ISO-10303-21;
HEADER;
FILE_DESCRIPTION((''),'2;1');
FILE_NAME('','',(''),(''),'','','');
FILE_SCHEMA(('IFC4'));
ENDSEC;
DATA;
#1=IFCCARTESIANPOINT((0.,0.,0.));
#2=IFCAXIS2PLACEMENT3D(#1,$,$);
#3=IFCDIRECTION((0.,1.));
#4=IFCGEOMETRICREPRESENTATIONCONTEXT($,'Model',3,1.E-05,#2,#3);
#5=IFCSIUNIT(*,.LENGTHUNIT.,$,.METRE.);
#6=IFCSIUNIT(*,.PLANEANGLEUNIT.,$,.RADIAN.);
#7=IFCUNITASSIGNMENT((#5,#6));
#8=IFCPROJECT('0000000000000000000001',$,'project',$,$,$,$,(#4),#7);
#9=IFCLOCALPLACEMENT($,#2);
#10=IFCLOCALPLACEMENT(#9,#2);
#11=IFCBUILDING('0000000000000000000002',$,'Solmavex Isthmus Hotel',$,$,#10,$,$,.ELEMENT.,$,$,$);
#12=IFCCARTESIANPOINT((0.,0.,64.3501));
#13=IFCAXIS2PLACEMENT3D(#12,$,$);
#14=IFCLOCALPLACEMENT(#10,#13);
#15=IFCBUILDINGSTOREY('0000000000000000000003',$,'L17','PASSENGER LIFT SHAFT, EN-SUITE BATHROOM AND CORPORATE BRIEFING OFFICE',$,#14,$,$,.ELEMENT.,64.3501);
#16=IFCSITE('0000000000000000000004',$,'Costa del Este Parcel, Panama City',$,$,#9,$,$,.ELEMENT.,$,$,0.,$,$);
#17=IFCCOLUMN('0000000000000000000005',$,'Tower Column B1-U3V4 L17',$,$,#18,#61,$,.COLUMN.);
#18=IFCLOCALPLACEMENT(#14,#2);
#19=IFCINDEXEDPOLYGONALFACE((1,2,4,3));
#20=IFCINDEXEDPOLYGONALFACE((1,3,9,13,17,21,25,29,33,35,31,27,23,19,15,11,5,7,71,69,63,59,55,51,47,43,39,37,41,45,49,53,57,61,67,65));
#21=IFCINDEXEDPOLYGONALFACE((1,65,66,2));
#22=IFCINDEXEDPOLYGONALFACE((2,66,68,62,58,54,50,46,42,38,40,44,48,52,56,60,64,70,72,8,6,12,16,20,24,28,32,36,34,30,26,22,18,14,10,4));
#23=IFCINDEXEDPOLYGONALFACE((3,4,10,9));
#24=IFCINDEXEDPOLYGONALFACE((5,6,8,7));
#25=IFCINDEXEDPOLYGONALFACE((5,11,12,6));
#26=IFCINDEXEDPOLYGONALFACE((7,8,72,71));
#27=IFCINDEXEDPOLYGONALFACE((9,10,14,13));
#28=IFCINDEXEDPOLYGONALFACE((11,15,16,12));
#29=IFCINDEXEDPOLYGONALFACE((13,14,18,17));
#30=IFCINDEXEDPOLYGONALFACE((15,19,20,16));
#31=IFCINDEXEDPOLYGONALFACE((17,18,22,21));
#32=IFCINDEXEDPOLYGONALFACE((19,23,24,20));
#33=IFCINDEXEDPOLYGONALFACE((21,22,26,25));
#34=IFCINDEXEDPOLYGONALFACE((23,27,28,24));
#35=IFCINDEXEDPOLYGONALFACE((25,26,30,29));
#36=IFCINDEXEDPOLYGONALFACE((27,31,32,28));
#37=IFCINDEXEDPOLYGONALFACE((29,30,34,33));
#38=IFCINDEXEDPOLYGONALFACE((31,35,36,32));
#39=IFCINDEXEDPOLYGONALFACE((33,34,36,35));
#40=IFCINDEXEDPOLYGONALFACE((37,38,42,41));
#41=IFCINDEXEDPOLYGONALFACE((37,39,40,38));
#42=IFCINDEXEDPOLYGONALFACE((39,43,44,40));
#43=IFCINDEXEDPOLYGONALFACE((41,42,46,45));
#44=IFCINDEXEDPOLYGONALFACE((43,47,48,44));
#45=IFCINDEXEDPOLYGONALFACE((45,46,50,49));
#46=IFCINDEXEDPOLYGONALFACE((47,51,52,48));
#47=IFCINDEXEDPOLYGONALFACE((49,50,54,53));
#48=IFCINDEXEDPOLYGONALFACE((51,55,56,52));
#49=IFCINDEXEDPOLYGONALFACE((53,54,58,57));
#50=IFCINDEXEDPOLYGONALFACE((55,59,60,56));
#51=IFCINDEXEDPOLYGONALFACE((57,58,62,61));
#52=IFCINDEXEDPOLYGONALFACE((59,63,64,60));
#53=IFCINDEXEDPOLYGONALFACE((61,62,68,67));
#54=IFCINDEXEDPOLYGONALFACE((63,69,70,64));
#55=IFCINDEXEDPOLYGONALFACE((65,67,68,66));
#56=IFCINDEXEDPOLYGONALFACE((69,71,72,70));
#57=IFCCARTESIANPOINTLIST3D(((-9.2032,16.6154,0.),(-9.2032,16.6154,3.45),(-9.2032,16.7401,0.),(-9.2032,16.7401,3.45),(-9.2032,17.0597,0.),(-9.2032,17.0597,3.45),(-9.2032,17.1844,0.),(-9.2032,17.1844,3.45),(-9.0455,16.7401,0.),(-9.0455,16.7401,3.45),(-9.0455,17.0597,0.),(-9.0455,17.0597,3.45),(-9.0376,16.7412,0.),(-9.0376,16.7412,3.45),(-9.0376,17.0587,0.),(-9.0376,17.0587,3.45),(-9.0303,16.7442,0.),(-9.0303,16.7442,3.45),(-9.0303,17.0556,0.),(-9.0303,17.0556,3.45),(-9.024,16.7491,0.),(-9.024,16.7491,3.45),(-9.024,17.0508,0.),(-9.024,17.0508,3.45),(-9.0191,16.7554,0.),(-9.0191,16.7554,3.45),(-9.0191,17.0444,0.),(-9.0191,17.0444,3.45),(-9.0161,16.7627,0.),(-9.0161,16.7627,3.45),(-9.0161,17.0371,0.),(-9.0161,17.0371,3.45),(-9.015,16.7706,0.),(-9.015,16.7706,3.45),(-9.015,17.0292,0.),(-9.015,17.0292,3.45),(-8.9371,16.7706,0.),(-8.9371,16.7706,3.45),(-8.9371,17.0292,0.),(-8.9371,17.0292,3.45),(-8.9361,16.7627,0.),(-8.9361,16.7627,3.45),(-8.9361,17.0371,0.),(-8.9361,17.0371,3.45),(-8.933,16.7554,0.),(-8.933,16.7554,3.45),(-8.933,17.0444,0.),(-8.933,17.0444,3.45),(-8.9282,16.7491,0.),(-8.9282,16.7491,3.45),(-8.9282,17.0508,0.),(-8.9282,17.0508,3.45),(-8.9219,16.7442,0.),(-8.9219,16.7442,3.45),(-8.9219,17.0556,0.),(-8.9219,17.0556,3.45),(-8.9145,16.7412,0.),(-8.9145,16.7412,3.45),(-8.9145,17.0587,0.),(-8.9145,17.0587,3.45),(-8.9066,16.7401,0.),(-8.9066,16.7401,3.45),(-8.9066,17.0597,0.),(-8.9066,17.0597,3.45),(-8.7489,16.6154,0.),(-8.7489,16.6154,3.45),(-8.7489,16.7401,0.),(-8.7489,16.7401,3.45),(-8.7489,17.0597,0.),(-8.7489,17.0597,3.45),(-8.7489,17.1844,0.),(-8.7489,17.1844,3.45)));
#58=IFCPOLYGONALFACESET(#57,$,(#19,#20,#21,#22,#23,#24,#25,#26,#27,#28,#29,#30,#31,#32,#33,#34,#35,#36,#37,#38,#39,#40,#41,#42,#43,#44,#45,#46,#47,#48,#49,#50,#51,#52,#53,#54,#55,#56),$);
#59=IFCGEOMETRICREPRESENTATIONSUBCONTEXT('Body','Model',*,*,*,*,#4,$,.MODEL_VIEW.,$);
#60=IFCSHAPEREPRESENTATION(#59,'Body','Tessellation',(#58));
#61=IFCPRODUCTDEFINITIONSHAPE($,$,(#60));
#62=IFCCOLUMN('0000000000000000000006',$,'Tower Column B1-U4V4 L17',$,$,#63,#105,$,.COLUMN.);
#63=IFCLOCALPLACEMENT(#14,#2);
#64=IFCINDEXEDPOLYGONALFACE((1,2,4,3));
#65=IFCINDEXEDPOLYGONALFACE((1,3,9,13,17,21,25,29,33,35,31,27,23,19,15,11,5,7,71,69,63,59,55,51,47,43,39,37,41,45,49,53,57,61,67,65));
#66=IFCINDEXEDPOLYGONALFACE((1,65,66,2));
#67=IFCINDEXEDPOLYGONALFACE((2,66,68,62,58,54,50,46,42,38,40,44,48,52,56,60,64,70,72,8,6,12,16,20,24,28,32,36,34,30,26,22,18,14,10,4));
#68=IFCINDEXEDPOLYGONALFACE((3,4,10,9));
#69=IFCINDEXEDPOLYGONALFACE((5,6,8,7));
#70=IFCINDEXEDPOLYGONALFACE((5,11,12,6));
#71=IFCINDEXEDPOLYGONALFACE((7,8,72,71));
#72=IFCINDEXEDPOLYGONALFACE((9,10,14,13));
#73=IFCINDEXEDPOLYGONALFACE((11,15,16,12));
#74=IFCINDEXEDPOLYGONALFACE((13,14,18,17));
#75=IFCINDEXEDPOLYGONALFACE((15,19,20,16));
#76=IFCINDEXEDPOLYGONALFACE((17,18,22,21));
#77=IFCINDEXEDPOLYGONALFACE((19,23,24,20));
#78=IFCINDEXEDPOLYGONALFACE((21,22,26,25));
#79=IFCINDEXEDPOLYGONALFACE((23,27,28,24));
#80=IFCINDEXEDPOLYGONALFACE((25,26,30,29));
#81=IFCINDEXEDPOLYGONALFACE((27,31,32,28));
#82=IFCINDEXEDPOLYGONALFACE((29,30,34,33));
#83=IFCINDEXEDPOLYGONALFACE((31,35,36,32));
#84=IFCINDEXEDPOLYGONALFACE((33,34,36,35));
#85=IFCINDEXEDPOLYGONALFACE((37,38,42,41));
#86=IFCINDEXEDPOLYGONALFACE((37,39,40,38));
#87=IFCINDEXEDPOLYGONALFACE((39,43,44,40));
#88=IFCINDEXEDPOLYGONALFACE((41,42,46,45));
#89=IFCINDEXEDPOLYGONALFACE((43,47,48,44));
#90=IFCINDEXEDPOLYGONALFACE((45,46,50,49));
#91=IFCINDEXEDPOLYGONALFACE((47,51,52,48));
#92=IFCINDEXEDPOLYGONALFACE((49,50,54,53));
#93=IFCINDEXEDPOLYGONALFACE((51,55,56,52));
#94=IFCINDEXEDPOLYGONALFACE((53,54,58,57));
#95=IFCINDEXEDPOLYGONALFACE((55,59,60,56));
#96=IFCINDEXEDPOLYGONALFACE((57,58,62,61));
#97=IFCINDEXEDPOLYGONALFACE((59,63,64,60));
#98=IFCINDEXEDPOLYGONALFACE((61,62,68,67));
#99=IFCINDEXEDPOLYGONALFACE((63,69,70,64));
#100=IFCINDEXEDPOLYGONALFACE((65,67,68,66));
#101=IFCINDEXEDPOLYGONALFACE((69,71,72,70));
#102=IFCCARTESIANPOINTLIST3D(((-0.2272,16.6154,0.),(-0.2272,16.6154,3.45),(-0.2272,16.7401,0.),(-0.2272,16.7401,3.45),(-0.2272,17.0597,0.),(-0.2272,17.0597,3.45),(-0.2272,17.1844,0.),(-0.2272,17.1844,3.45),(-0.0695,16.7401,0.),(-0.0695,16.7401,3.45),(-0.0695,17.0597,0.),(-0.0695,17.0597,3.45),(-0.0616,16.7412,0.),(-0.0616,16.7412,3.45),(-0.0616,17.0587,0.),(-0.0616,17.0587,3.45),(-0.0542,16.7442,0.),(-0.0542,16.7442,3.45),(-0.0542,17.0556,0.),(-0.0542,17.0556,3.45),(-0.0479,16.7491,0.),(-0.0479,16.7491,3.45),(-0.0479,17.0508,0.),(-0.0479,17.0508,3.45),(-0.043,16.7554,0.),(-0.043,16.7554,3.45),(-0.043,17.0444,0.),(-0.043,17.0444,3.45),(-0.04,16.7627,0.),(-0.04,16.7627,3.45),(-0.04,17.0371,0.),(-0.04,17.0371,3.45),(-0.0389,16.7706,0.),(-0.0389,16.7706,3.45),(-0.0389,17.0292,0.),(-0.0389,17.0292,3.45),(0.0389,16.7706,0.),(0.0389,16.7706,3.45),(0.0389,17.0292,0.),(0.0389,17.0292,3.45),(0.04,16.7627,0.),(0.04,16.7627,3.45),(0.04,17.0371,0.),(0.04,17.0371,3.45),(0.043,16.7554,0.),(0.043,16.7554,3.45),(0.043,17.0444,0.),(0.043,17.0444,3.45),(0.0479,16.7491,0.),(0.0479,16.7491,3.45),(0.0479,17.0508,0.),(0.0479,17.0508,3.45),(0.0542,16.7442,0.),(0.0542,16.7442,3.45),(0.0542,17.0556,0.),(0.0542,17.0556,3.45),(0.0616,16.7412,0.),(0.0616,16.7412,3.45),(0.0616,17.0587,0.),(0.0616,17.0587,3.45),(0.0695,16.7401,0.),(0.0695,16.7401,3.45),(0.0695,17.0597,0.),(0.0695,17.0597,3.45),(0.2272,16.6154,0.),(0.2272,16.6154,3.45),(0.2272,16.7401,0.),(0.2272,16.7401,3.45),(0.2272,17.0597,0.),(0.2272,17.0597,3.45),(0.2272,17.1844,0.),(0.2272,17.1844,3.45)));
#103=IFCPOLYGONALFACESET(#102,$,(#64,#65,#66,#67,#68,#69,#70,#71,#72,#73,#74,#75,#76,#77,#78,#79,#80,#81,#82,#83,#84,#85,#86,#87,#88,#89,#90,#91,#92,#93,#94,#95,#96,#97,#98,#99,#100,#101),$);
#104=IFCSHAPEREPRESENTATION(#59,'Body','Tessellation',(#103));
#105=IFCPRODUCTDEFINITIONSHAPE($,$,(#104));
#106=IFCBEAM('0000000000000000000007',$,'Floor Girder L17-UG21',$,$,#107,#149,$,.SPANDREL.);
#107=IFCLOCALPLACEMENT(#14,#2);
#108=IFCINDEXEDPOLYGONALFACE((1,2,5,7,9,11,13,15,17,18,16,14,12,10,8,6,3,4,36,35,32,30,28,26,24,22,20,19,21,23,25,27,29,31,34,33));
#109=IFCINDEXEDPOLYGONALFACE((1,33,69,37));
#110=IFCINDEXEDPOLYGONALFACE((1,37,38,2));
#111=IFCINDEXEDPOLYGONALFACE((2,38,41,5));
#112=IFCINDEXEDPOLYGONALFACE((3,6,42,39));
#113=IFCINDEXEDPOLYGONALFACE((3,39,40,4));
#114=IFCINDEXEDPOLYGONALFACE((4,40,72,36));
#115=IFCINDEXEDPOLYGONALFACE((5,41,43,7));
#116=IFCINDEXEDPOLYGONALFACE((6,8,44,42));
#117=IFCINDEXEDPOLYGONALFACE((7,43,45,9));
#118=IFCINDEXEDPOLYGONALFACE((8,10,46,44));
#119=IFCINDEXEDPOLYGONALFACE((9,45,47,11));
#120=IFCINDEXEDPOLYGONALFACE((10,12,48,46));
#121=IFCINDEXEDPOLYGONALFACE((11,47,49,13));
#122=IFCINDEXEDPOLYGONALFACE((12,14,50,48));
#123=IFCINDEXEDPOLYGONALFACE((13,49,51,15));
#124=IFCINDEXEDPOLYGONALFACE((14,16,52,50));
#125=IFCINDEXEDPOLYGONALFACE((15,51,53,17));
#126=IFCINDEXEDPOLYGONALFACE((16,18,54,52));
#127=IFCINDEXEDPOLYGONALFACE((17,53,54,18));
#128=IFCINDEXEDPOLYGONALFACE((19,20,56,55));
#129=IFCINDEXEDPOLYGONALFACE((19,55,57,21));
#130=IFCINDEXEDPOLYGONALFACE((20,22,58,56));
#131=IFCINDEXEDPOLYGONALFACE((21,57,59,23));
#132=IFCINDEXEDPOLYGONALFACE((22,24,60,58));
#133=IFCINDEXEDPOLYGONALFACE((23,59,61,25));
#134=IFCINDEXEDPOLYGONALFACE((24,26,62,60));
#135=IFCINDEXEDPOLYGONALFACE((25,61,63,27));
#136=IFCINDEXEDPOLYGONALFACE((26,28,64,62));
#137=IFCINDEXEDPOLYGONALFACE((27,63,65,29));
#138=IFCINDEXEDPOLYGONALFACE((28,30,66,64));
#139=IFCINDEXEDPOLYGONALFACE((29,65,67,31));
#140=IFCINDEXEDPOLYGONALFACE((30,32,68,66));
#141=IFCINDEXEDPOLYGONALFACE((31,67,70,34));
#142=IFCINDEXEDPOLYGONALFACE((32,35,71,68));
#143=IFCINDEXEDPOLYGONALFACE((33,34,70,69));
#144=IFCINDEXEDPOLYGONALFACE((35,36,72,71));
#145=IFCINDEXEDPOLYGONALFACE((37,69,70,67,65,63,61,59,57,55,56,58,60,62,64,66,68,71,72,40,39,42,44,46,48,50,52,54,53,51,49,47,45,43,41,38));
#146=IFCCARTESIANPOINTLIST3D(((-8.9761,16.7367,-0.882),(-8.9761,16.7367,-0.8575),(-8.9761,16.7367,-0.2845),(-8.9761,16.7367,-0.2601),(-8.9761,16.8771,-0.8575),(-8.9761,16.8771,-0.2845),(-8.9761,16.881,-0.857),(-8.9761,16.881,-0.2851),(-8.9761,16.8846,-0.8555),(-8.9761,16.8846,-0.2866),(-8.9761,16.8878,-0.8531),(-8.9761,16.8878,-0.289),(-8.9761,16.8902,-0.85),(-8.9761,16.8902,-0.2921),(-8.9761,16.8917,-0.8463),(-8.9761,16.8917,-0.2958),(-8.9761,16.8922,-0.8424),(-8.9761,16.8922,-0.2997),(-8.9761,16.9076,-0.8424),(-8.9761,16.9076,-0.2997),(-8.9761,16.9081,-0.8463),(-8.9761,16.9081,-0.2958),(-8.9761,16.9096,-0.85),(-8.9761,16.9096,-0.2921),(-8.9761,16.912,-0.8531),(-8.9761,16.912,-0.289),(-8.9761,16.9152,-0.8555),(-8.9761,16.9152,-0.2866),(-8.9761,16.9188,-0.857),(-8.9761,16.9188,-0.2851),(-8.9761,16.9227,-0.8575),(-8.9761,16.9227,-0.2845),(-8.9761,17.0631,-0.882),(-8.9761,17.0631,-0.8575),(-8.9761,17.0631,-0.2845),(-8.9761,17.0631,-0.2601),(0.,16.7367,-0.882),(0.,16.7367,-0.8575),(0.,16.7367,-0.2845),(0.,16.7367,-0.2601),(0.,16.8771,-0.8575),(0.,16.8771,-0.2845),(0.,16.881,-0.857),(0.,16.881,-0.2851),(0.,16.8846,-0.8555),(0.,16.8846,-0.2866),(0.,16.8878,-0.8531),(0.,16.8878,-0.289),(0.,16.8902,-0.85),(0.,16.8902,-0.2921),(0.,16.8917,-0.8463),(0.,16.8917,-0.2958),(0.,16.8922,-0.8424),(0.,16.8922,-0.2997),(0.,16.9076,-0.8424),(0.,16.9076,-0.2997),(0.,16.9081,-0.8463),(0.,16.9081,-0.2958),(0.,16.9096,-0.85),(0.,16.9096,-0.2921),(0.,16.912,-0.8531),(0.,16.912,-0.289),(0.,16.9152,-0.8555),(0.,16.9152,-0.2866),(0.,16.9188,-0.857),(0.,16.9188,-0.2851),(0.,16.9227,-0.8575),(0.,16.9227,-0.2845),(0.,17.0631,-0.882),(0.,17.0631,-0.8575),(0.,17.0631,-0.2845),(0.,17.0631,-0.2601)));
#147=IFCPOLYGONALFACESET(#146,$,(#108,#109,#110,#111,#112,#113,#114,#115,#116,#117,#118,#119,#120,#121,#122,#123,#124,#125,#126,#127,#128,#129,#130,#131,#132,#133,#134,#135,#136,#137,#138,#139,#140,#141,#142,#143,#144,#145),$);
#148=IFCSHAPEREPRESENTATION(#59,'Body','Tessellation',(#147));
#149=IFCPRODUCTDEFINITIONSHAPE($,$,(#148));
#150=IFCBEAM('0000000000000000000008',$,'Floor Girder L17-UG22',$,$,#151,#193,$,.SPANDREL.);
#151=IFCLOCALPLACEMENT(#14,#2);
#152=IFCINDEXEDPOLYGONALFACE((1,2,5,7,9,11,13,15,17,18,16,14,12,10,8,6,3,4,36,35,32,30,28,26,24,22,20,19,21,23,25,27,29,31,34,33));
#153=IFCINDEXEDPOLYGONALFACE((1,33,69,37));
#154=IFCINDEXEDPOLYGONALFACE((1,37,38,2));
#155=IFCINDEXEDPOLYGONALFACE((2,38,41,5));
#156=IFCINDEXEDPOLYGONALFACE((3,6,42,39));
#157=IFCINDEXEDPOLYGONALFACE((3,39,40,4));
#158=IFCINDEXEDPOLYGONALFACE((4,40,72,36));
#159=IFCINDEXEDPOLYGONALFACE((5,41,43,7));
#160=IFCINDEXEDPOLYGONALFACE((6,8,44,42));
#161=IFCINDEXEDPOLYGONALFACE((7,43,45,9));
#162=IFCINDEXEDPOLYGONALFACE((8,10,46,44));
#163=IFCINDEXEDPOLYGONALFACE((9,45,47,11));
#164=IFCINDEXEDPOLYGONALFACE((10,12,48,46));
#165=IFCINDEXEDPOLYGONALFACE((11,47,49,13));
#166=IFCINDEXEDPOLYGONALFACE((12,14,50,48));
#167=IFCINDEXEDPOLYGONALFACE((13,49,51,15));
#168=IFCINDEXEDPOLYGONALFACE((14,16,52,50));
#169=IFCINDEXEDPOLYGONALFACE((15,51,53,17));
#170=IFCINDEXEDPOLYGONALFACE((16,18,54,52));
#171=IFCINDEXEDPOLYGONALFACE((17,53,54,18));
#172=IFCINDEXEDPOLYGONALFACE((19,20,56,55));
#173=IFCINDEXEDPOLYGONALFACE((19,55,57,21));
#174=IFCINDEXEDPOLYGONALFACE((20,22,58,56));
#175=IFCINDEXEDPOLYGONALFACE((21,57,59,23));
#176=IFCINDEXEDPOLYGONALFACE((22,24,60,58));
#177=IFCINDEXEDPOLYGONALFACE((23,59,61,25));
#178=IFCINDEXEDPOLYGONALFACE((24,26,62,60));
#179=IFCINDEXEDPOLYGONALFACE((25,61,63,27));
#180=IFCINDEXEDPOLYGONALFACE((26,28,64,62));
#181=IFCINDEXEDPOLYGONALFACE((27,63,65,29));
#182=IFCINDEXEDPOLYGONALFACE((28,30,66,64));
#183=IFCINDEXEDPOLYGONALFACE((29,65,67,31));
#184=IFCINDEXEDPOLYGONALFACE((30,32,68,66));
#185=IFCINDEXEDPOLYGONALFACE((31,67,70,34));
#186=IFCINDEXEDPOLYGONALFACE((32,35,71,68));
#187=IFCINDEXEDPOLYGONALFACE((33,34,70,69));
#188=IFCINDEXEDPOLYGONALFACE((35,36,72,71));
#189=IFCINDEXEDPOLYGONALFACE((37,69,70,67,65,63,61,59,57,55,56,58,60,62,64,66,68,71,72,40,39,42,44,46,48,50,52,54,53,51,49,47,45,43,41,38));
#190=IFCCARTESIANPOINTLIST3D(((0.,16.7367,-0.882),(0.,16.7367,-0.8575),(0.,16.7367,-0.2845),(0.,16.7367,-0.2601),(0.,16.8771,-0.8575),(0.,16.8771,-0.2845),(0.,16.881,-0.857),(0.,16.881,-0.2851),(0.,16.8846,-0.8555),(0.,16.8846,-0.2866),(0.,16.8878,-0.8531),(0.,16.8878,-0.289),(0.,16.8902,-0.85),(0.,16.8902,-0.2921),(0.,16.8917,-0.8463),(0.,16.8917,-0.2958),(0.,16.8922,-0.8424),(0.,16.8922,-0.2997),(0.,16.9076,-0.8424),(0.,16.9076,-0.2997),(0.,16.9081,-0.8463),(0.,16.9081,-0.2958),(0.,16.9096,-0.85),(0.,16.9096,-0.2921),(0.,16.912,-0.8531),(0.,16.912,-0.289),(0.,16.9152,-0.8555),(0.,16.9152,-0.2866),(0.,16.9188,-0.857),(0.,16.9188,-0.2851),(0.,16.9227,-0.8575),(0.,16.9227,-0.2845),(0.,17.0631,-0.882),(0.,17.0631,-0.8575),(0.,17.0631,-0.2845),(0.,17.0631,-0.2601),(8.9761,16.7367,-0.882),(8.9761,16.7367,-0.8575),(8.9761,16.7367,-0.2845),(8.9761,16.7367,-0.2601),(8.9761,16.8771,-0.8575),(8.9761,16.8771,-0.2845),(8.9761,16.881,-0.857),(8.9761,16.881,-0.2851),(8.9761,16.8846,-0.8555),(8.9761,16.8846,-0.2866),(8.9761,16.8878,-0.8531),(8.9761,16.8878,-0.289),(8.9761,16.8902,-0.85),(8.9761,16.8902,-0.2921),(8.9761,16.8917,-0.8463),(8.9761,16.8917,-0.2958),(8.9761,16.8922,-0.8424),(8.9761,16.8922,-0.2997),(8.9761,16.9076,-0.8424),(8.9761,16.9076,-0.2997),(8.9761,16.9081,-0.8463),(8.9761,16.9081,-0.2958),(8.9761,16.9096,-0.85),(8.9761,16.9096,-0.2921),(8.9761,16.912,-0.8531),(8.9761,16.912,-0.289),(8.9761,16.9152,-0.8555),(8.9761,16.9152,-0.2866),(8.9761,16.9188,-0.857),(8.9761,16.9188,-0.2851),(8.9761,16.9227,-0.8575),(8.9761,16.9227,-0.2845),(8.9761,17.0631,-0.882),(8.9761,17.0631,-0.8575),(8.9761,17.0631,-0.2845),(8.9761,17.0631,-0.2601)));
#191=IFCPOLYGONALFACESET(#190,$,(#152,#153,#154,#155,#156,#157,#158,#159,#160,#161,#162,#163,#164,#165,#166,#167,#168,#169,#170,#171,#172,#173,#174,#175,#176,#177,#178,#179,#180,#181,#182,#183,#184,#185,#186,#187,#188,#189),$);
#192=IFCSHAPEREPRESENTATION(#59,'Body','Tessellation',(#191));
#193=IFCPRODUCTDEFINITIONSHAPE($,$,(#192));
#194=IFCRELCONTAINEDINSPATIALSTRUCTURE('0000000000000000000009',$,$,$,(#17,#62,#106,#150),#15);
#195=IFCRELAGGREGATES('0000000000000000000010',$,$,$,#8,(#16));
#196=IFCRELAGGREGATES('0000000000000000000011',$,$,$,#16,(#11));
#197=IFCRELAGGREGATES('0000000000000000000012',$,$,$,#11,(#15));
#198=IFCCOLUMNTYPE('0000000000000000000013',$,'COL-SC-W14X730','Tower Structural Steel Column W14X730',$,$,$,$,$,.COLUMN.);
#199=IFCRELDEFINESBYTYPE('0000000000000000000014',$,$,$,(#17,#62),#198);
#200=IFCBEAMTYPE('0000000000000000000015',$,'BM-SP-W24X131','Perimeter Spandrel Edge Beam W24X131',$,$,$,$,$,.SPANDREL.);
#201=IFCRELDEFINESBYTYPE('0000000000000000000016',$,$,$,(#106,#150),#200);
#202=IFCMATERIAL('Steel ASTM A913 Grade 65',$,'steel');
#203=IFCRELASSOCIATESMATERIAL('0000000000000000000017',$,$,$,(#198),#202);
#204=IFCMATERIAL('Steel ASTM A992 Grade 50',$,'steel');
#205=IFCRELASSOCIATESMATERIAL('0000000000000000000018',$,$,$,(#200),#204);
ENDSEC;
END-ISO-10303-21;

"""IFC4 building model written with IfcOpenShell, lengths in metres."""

from ifc_helpers import new_model, si_unit, direction, frame, origin, origin_2d, place, context, subcontext, project, spatial, i_section, extrude, material, material_profile, profile_set, type_object, element, save


model = new_model("IFC4")

# Units and contexts
model_context = context("Model", 3, precision=1e-05, world=origin(), true_north=direction((0.0, 1.0)))
body_context = subcontext(model_context, "Body", "Model", "MODEL_VIEW")
ifc_project = project(units=[si_unit("LENGTHUNIT", "METRE"), si_unit("PLANEANGLEUNIT", "RADIAN")], contexts=[model_context])

# Site, building, storey
site_placement = place(None, origin())
site = spatial("IfcSite", under=ifc_project, at=site_placement, Name="Costa del Este Parcel, Panama City", CompositionType="ELEMENT", RefElevation=0.0)
building_placement = place(site_placement, origin())
building = spatial("IfcBuilding", under=site, at=building_placement, Name="Solmavex Isthmus Hotel", CompositionType="ELEMENT")
storey_placement = place(building_placement, frame((0.0, 0.0, 64.3501)))
storey = spatial("IfcBuildingStorey", under=building, at=storey_placement, Name="L17", Description="PASSENGER LIFT SHAFT, EN-SUITE BATHROOM AND CORPORATE BRIEFING OFFICE", CompositionType="ELEMENT", Elevation=64.3501)

# Columns
ifc_material_1 = material(Name="Steel ASTM A913 Grade 65", Category="steel")
ifc_material_profile_1 = material_profile(ifc_material_1, i_section(OverallWidth=0.4543, OverallDepth=0.5691, WebThickness=0.0779, FlangeThickness=0.1248, FilletRadius=0.0305, at=origin_2d()), Name="W14X730")
ifc_profile_set_1 = profile_set([ifc_material_profile_1], Name="Steel ASTM A913 Grade 65")
column_type = type_object("IfcColumnType", Name="COL-SC-W14X730", Description="Tower Structural Steel Column W14X730", PredefinedType="COLUMN", material=ifc_profile_set_1)
for number, where, z_axis, x_axis, name in (
    (1, (-8.9761, 16.8999, 0.0), (0.0, 0.0, 1.0), (1.0, 0.0, 0.0), "Tower Column B1-U3V4 L17"),
    (2, (0.0, 16.8999, 0.0), (0.0, 0.0, 1.0), (1.0, 0.0, 0.0), "Tower Column B1-U4V4 L17"),
):
    element("IfcColumn", number, at=place(storey_placement, frame(where, z_axis=z_axis, x_axis=x_axis)), inside=storey, type_object=column_type, Name=name, PredefinedType="COLUMN", context=body_context, shape_type="SweptSolid", body=[
        extrude(i_section(OverallWidth=0.4543, OverallDepth=0.5691, WebThickness=0.0779, FlangeThickness=0.1248, FilletRadius=0.0305, at=origin_2d()), origin(), (0.0, 0.0, 1.0), 3.45),
    ])

# Beams
ifc_material_2 = material(Name="Steel ASTM A992 Grade 50", Category="steel")
ifc_material_profile_2 = material_profile(ifc_material_2, i_section(OverallWidth=0.3264, OverallDepth=0.6218, WebThickness=0.0154, FlangeThickness=0.0244, FilletRadius=0.0151, at=origin_2d()), Name="W24X131")
ifc_profile_set_2 = profile_set([ifc_material_profile_2], Name="Steel ASTM A992 Grade 50")
beam_type = type_object("IfcBeamType", Name="BM-SP-W24X131", Description="Perimeter Spandrel Edge Beam W24X131", PredefinedType="SPANDREL", material=ifc_profile_set_2)
for number, where, z_axis, x_axis, name in (
    (3, (-8.9761, 16.8999, -0.571), (1.0, 0.0, 0.0), (0.0, 1.0, 0.0), "Floor Girder L17-UG21"),
    (4, (0.0, 16.8999, -0.571), (1.0, 0.0, 0.0), (0.0, 1.0, 0.0), "Floor Girder L17-UG22"),
):
    element("IfcBeam", number, at=place(storey_placement, frame(where, z_axis=z_axis, x_axis=x_axis)), inside=storey, type_object=beam_type, Name=name, PredefinedType="SPANDREL", context=body_context, shape_type="SweptSolid", body=[
        extrude(i_section(OverallWidth=0.3264, OverallDepth=0.6218, WebThickness=0.0154, FlangeThickness=0.0244, FilletRadius=0.0151, at=origin_2d()), origin(), (0.0, 0.0, 1.0), 8.9761),
    ])

save(model, "model.ifc")
